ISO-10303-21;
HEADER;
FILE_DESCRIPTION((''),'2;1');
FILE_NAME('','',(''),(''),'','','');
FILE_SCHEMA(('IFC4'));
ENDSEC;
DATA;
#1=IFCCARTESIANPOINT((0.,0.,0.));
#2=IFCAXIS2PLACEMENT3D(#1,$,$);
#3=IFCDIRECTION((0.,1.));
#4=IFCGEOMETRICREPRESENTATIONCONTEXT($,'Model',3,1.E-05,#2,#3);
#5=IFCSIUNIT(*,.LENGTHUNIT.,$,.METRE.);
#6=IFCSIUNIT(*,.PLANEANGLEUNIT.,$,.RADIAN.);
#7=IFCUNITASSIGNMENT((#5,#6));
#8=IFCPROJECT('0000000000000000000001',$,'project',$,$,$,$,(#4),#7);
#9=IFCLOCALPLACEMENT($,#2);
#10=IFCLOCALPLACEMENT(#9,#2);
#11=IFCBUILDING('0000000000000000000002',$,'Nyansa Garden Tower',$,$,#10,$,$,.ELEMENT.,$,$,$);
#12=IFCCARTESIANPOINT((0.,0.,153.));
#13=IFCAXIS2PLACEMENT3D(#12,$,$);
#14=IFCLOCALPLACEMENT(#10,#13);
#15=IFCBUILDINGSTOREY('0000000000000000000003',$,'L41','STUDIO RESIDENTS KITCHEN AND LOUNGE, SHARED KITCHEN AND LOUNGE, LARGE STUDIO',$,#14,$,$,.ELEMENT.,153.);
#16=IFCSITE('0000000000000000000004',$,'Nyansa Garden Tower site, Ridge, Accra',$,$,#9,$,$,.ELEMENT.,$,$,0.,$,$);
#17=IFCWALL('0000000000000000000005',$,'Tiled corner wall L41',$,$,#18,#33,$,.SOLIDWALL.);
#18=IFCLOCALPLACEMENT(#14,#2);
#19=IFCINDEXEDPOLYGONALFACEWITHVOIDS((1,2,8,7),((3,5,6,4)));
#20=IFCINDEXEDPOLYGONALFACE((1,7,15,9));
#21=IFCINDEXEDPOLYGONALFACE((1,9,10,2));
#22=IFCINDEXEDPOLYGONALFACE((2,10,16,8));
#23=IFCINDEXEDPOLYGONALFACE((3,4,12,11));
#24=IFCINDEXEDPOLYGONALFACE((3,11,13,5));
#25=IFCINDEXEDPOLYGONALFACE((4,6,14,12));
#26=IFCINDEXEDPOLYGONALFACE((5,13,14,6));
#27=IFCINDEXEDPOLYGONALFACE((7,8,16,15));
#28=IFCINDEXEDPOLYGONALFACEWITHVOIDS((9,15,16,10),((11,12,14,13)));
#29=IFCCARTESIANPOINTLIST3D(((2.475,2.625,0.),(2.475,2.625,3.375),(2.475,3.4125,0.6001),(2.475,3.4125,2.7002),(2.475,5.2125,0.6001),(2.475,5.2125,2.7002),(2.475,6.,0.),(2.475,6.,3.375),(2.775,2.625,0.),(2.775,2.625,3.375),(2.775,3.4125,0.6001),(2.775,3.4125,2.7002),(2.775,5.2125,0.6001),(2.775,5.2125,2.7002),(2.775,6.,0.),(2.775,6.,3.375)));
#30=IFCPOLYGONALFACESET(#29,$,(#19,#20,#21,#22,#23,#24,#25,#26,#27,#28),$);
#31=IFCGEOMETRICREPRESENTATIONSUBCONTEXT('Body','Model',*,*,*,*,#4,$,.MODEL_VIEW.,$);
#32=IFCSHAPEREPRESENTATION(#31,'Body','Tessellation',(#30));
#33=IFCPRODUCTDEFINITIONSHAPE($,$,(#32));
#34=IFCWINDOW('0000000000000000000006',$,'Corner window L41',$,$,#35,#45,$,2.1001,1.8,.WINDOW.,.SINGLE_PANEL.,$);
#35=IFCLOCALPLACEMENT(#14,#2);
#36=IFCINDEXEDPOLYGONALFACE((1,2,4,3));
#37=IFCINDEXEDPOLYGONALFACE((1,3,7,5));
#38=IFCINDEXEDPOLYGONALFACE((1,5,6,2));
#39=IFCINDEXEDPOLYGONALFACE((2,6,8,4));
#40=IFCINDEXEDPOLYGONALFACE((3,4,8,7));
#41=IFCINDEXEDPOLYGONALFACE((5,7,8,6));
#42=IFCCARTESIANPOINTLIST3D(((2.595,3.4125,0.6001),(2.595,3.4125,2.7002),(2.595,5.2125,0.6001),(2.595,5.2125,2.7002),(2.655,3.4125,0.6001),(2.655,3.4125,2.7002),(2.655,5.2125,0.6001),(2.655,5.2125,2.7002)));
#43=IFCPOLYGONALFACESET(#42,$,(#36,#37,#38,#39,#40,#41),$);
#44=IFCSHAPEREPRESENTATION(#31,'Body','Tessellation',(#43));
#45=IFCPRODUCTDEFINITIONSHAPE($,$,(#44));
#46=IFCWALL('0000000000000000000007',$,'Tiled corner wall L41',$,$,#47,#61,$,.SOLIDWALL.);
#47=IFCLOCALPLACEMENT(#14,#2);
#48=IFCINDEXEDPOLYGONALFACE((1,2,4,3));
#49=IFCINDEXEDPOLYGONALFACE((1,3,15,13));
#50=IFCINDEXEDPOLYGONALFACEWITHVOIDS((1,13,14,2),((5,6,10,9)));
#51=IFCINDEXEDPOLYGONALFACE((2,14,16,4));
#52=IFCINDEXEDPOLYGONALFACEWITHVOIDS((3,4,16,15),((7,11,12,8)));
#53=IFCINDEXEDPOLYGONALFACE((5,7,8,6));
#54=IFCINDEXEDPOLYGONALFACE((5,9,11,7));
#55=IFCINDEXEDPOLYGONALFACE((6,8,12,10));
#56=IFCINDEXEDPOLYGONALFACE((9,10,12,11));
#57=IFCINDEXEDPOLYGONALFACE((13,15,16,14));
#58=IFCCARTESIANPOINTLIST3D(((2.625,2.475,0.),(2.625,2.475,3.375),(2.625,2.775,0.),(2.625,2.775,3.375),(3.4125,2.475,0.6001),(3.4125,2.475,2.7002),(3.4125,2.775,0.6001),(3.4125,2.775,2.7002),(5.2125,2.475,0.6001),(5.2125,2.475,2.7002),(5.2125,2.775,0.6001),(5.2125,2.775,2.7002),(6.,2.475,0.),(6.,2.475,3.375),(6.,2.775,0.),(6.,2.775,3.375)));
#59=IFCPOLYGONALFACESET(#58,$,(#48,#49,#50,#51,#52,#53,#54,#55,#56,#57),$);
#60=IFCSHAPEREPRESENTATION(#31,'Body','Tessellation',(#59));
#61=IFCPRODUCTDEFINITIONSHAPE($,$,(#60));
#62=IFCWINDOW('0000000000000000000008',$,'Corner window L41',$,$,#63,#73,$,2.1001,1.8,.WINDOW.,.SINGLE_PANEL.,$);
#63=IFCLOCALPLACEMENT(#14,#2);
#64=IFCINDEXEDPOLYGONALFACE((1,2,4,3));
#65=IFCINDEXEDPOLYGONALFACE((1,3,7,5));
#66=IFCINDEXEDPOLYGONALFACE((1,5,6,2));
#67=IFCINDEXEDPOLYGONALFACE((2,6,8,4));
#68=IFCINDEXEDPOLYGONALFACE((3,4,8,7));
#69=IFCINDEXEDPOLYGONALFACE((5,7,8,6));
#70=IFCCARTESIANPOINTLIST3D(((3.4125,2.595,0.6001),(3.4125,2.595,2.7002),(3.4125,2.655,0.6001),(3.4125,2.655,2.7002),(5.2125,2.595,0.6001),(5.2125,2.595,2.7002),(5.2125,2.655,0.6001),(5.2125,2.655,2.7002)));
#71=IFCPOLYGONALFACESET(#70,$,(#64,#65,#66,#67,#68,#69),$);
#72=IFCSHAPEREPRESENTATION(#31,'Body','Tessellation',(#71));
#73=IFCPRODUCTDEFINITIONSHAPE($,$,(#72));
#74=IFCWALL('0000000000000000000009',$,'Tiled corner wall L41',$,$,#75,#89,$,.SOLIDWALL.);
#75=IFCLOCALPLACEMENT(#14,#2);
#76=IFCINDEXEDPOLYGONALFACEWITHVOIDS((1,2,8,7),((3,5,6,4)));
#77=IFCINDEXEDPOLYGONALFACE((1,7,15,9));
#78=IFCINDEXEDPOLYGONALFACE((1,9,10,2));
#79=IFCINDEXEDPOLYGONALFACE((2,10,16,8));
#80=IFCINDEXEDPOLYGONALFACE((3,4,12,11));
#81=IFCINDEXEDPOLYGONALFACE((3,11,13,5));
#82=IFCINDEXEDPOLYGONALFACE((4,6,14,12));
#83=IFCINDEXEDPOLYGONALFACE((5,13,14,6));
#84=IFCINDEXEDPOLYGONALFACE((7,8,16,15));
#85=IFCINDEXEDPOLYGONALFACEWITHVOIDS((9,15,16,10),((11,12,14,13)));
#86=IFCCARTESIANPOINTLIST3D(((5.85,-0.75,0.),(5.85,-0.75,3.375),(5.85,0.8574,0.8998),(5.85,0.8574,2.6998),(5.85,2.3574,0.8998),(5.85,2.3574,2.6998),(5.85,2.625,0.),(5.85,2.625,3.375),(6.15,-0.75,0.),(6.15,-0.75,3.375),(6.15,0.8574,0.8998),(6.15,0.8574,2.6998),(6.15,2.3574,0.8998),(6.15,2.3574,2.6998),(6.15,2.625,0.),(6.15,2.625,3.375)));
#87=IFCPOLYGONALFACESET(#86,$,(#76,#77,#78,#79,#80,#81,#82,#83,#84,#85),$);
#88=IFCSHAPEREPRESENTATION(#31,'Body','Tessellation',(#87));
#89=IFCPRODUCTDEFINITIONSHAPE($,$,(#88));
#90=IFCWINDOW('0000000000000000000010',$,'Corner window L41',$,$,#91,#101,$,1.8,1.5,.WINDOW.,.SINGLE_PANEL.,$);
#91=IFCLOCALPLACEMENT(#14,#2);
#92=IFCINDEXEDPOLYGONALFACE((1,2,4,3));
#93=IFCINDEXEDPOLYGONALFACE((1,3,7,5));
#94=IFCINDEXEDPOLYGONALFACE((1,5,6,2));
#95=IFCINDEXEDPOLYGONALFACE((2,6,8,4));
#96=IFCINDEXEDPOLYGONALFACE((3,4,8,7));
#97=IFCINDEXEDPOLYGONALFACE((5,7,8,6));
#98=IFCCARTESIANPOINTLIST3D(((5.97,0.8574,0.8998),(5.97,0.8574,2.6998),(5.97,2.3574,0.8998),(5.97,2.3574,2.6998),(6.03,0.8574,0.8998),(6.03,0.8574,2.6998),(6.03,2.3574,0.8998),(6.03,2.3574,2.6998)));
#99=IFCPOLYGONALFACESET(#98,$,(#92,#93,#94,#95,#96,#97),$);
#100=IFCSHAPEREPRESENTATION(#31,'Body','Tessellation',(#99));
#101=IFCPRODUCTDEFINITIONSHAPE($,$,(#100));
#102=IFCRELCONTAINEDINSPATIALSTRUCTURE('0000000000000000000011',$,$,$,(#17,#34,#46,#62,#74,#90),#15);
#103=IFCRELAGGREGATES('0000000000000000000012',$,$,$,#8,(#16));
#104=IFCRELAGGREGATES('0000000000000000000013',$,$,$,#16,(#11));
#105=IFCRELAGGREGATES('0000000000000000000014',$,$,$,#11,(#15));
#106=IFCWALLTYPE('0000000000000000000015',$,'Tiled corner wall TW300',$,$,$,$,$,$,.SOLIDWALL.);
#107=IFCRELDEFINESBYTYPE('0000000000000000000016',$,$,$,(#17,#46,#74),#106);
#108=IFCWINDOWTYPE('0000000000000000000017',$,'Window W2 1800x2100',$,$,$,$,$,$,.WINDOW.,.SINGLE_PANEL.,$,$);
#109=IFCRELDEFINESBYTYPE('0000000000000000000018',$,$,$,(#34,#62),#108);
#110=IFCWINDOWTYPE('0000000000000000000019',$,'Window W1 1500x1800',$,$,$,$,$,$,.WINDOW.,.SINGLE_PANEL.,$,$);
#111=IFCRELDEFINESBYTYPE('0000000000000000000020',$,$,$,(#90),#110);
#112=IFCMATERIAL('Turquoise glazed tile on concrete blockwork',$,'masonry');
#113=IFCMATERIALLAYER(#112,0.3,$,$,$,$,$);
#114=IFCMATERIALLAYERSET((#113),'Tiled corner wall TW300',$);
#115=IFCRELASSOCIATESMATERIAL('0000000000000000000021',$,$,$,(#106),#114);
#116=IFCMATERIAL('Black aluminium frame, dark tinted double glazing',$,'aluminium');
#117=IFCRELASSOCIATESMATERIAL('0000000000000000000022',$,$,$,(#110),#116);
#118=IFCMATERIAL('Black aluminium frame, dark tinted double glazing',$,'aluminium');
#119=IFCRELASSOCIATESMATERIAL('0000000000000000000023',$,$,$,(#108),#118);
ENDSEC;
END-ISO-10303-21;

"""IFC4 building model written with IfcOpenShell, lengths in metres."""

from ifc_helpers import new_model, si_unit, direction, frame, frame_2d, origin, place, context, subcontext, project, spatial, rectangle, extrude, material, layer, layer_set, type_object, element, fill, save


model = new_model("IFC4")

# Units and contexts
model_context = context("Model", 3, precision=1e-05, world=origin(), true_north=direction((0.0, 1.0)))
body_context = subcontext(model_context, "Body", "Model", "MODEL_VIEW")
ifc_project = project(units=[si_unit("LENGTHUNIT", "METRE"), si_unit("PLANEANGLEUNIT", "RADIAN")], contexts=[model_context])

# Site, building, storey
site_placement = place(None, origin())
site = spatial("IfcSite", under=ifc_project, at=site_placement, Name="Nyansa Garden Tower site, Ridge, Accra", CompositionType="ELEMENT", RefElevation=0.0)
building_placement = place(site_placement, origin())
building = spatial("IfcBuilding", under=site, at=building_placement, Name="Nyansa Garden Tower", CompositionType="ELEMENT")
storey_placement = place(building_placement, frame((0.0, 0.0, 153.0)))
storey = spatial("IfcBuildingStorey", under=building, at=storey_placement, Name="L41", Description="STUDIO RESIDENTS KITCHEN AND LOUNGE, SHARED KITCHEN AND LOUNGE, LARGE STUDIO", CompositionType="ELEMENT", Elevation=153.0)

# Walls, openings, windows
ifc_material_1 = material(Name="Turquoise glazed tile on concrete blockwork", Category="masonry")
ifc_layer_1 = layer(ifc_material_1, 0.3)
ifc_layer_set_1 = layer_set([ifc_layer_1], Name="Tiled corner wall TW300")
wall_type_1 = type_object("IfcWallType", Name="Tiled corner wall TW300", PredefinedType="SOLIDWALL", material=ifc_layer_set_1)
ifc_material_2 = material(Name="Black aluminium frame, dark tinted double glazing", Category="aluminium")
window_type_1 = type_object("IfcWindowType", Name="Window W1 1500x1800", PartitioningType="SINGLE_PANEL", PredefinedType="WINDOW", material=ifc_material_2)
wall_1_placement = place(storey_placement, frame((2.625, 6.0, 0.0), z_axis=(0.0, 0.0, 1.0), x_axis=(0.0, -1.0, 0.0)))
wall_1 = element("IfcWall", 1, at=wall_1_placement, inside=storey, type_object=wall_type_1, Name="Tiled corner wall L41", PredefinedType="SOLIDWALL", context=body_context, shape_type="SweptSolid", body=[
    extrude(rectangle(XDim=3.375, YDim=0.3, at=frame_2d((1.6875, 0.0))), origin(), (0.0, 0.0, 1.0), 3.375),
])
opening_1_placement = place(wall_1_placement, frame((0.7876, 0.0, 0.6001)))
opening_1 = element("IfcOpeningElement", 2, at=opening_1_placement, cuts=wall_1, PredefinedType="OPENING", context=body_context, shape_type="SweptSolid", body=[
    extrude(rectangle(XDim=1.8, YDim=2.1001, at=frame_2d((0.8999, 1.05))), frame((0.0, 0.1599, 0.0), z_axis=(0.0, -1.0, 0.0), x_axis=(1.0, 0.0, 0.0)), (0.0, 0.0, 1.0), 0.3201),
])
ifc_material_3 = material(Name="Black aluminium frame, dark tinted double glazing", Category="aluminium")
window_type_2 = type_object("IfcWindowType", Name="Window W2 1800x2100", PartitioningType="SINGLE_PANEL", PredefinedType="WINDOW", material=ifc_material_3)
window_1_placement = place(opening_1_placement, origin())
window_1 = element("IfcWindow", 3, at=window_1_placement, inside=storey, type_object=window_type_2, Name="Corner window L41", OverallHeight=2.1001, OverallWidth=1.8, PartitioningType="SINGLE_PANEL", PredefinedType="WINDOW", context=body_context, shape_type="SweptSolid", body=[
    extrude(rectangle(XDim=1.8, YDim=2.1001, at=frame_2d((0.8999, 1.05))), frame((0.0, 0.03, 0.0), z_axis=(0.0, -1.0, 0.0), x_axis=(1.0, 0.0, 0.0)), (0.0, 0.0, 1.0), 0.0601),
])
fill(opening_1, window_1)
wall_2_placement = place(storey_placement, frame((2.625, 2.625, 0.0), z_axis=(0.0, 0.0, 1.0), x_axis=(1.0, 0.0, 0.0)))
wall_2 = element("IfcWall", 4, at=wall_2_placement, inside=storey, type_object=wall_type_1, Name="Tiled corner wall L41", PredefinedType="SOLIDWALL", context=body_context, shape_type="SweptSolid", body=[
    extrude(rectangle(XDim=3.375, YDim=0.3, at=frame_2d((1.6875, 0.0))), origin(), (0.0, 0.0, 1.0), 3.375),
])
opening_2_placement = place(wall_2_placement, frame((0.7876, 0.0, 0.6001)))
opening_2 = element("IfcOpeningElement", 5, at=opening_2_placement, cuts=wall_2, PredefinedType="OPENING", context=body_context, shape_type="SweptSolid", body=[
    extrude(rectangle(XDim=1.8, YDim=2.1001, at=frame_2d((0.8999, 1.05))), frame((0.0, 0.1599, 0.0), z_axis=(0.0, -1.0, 0.0), x_axis=(1.0, 0.0, 0.0)), (0.0, 0.0, 1.0), 0.3201),
])
window_2_placement = place(opening_2_placement, origin())
window_2 = element("IfcWindow", 6, at=window_2_placement, inside=storey, type_object=window_type_2, Name="Corner window L41", OverallHeight=2.1001, OverallWidth=1.8, PartitioningType="SINGLE_PANEL", PredefinedType="WINDOW", context=body_context, shape_type="SweptSolid", body=[
    extrude(rectangle(XDim=1.8, YDim=2.1001, at=frame_2d((0.8999, 1.05))), frame((0.0, 0.03, 0.0), z_axis=(0.0, -1.0, 0.0), x_axis=(1.0, 0.0, 0.0)), (0.0, 0.0, 1.0), 0.0601),
])
fill(opening_2, window_2)
wall_3_placement = place(storey_placement, frame((6.0, 2.625, 0.0), z_axis=(0.0, 0.0, 1.0), x_axis=(0.0, -1.0, 0.0)))
wall_3 = element("IfcWall", 7, at=wall_3_placement, inside=storey, type_object=wall_type_1, Name="Tiled corner wall L41", PredefinedType="SOLIDWALL", context=body_context, shape_type="SweptSolid", body=[
    extrude(rectangle(XDim=3.375, YDim=0.3, at=frame_2d((1.6875, 0.0))), origin(), (0.0, 0.0, 1.0), 3.375),
])
opening_3_placement = place(wall_3_placement, frame((0.2676, 0.0, 0.8999)))
opening_3 = element("IfcOpeningElement", 8, at=opening_3_placement, cuts=wall_3, PredefinedType="OPENING", context=body_context, shape_type="SweptSolid", body=[
    extrude(rectangle(XDim=1.5, YDim=1.8, at=frame_2d((0.75, 0.8999))), frame((0.0, 0.1599, 0.0), z_axis=(0.0, -1.0, 0.0), x_axis=(1.0, 0.0, 0.0)), (0.0, 0.0, 1.0), 0.3201),
])
window_3_placement = place(opening_3_placement, origin())
window_3 = element("IfcWindow", 9, at=window_3_placement, inside=storey, type_object=window_type_1, Name="Corner window L41", OverallHeight=1.8, OverallWidth=1.5, PartitioningType="SINGLE_PANEL", PredefinedType="WINDOW", context=body_context, shape_type="SweptSolid", body=[
    extrude(rectangle(XDim=1.5, YDim=1.8, at=frame_2d((0.75, 0.8999))), frame((0.0, 0.03, 0.0), z_axis=(0.0, -1.0, 0.0), x_axis=(1.0, 0.0, 0.0)), (0.0, 0.0, 1.0), 0.0601),
])
fill(opening_3, window_3)

save(model, "model.ifc")
